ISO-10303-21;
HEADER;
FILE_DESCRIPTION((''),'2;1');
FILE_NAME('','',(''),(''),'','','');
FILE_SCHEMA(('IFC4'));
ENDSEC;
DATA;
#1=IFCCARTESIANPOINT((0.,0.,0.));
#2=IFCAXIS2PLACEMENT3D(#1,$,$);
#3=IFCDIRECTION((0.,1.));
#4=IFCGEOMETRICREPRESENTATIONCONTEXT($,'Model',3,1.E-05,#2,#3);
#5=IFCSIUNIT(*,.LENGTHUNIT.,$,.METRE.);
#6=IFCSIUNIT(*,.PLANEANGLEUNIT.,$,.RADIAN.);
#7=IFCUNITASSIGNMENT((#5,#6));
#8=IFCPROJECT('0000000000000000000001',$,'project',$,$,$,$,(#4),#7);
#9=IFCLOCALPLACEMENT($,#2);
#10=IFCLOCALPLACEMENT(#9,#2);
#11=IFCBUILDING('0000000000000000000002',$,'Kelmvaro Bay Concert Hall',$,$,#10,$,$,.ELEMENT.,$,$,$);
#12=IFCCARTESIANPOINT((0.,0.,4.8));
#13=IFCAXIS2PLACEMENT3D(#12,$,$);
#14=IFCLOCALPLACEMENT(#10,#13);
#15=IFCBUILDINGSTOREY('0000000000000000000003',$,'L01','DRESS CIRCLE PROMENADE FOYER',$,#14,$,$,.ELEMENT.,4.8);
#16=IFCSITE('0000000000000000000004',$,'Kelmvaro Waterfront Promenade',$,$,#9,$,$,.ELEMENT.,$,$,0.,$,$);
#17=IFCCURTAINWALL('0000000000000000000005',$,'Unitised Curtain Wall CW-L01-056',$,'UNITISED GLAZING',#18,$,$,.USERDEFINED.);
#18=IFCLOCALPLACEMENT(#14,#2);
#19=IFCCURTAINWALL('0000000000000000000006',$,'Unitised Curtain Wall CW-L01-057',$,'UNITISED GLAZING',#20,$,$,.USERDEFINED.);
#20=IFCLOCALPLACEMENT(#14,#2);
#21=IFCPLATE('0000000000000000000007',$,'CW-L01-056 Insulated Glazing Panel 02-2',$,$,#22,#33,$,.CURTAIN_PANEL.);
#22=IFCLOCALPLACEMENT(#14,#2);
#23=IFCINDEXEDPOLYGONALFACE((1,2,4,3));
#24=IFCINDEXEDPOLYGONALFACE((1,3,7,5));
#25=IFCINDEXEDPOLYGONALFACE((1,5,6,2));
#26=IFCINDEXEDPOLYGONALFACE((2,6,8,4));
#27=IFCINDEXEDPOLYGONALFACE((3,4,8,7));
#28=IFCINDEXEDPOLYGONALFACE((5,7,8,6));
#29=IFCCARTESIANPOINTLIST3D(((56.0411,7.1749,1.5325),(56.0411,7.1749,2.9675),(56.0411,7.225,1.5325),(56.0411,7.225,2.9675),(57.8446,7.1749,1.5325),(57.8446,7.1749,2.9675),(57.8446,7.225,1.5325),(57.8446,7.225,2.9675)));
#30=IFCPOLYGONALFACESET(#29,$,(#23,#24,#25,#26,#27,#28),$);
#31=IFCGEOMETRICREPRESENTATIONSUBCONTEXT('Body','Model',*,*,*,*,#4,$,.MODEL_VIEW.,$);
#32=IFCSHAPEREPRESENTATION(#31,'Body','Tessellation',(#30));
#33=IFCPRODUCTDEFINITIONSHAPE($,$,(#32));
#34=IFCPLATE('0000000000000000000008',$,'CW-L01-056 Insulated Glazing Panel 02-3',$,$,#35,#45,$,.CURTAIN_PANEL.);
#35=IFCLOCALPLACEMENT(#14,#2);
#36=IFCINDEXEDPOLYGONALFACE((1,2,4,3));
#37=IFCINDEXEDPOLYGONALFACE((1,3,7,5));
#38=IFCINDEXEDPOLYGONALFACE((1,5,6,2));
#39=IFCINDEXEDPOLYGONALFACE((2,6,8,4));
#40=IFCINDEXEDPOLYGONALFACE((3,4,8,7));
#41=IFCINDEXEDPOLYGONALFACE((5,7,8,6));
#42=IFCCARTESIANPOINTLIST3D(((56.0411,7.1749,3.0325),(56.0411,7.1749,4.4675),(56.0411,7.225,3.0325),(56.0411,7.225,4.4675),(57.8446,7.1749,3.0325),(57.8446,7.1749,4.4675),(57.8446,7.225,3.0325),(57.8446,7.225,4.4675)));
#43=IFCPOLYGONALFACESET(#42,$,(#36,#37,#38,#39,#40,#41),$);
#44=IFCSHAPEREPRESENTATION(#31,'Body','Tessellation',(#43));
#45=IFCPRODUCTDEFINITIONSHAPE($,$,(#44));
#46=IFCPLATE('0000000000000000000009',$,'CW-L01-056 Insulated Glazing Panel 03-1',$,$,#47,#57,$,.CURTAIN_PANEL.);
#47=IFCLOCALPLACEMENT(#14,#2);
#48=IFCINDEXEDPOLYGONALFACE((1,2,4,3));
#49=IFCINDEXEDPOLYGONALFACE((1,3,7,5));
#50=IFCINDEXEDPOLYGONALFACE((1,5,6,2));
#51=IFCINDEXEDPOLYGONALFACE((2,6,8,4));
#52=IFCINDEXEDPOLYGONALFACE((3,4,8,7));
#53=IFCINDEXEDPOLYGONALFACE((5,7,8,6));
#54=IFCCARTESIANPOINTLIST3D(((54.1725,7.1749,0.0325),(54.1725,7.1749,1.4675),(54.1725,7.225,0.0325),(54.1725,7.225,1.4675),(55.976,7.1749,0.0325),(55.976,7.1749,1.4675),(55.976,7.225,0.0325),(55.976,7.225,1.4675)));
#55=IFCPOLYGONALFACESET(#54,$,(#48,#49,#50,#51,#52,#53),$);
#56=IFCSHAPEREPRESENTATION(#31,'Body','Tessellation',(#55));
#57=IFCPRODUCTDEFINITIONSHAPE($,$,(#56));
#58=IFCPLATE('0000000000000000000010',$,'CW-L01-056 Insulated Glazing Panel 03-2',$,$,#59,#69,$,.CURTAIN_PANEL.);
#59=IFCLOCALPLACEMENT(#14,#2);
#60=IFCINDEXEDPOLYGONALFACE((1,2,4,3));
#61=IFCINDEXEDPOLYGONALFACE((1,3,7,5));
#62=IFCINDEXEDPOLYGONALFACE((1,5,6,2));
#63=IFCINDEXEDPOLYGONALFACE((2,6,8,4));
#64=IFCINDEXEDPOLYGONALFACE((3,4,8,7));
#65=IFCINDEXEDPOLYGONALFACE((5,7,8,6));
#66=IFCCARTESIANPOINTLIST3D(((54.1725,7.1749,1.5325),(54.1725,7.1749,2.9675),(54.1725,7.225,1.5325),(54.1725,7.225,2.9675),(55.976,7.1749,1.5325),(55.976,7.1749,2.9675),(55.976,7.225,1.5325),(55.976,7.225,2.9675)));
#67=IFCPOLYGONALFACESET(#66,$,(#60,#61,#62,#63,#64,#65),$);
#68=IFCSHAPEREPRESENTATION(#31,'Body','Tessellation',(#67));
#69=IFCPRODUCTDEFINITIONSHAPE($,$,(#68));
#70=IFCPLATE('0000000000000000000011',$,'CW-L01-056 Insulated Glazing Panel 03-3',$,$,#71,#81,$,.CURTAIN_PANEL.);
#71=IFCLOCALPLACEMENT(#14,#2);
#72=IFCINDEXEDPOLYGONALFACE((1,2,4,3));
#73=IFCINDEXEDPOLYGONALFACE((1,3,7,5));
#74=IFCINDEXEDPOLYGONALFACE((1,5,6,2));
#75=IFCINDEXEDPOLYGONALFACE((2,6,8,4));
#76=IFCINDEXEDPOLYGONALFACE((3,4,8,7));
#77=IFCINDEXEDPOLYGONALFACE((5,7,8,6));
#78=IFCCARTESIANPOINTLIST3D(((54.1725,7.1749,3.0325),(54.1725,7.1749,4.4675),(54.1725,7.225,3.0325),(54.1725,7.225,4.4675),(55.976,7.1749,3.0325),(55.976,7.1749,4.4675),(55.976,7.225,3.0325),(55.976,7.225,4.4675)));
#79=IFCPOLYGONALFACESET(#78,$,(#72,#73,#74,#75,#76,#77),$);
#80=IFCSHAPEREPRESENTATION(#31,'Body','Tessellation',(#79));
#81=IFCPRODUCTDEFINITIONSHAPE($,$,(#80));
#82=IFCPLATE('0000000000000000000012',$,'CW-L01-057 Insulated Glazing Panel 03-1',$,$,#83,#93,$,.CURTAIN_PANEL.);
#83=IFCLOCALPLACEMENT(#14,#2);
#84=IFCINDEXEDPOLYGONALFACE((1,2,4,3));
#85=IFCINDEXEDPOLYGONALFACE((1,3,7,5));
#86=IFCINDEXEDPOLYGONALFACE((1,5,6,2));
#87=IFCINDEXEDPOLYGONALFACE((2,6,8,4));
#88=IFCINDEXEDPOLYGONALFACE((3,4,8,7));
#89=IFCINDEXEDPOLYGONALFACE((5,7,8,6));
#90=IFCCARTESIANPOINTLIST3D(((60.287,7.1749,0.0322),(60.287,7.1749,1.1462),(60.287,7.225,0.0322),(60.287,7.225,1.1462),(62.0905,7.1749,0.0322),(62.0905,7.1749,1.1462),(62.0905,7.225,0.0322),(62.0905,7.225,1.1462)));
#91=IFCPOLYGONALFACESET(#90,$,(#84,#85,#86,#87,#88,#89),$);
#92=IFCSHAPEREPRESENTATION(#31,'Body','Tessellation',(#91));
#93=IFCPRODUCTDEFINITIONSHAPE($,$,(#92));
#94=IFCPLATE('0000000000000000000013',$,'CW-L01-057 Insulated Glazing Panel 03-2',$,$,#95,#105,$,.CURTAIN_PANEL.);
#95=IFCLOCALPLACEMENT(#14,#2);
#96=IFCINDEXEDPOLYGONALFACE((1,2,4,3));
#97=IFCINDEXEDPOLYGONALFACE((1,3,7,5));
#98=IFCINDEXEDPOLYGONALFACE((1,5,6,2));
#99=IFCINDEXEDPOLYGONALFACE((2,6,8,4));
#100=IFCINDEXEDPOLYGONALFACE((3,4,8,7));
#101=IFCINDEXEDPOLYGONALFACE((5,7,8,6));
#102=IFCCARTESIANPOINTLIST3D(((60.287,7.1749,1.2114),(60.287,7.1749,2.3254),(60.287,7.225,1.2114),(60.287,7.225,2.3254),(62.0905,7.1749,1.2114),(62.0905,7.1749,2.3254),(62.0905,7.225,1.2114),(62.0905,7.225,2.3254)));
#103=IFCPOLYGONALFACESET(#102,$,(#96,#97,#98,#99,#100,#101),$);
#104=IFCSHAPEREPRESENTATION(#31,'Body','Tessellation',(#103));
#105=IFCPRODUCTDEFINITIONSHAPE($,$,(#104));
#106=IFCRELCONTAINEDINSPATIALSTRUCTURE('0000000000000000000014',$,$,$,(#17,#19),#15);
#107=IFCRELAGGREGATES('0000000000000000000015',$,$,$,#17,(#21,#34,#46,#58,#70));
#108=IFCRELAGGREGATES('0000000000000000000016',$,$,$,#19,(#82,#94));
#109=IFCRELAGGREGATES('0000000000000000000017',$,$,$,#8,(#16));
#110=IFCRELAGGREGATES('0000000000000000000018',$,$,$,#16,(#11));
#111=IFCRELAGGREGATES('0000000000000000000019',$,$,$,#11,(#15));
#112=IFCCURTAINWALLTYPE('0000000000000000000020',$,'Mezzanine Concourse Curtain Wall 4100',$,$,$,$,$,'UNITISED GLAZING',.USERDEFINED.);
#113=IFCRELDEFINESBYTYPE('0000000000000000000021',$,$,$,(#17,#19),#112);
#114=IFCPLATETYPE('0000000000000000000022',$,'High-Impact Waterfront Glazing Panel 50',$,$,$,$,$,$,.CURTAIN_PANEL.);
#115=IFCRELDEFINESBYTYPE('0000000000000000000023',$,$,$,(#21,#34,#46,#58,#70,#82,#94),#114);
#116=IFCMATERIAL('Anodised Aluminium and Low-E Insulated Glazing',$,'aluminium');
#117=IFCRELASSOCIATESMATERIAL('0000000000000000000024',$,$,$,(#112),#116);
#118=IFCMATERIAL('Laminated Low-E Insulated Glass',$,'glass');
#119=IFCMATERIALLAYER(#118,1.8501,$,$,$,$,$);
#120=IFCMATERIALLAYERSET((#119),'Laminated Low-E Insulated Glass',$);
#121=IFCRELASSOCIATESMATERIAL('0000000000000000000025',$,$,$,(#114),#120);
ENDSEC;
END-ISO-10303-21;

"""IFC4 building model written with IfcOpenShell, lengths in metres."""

from ifc_helpers import new_model, si_unit, direction, frame, origin, origin_2d, place, context, subcontext, project, spatial, rectangle, extrude, material, layer, layer_set, type_object, element, aggregate, save


model = new_model("IFC4")

# Units and contexts
model_context = context("Model", 3, precision=1e-05, world=origin(), true_north=direction((0.0, 1.0)))
body_context = subcontext(model_context, "Body", "Model", "MODEL_VIEW")
ifc_project = project(units=[si_unit("LENGTHUNIT", "METRE"), si_unit("PLANEANGLEUNIT", "RADIAN")], contexts=[model_context])

# Site, building, storey
site_placement = place(None, origin())
site = spatial("IfcSite", under=ifc_project, at=site_placement, Name="Kelmvaro Waterfront Promenade", CompositionType="ELEMENT", RefElevation=0.0)
building_placement = place(site_placement, origin())
building = spatial("IfcBuilding", under=site, at=building_placement, Name="Kelmvaro Bay Concert Hall", CompositionType="ELEMENT")
storey_placement = place(building_placement, frame((0.0, 0.0, 4.8)))
storey = spatial("IfcBuildingStorey", under=building, at=storey_placement, Name="L01", Description="DRESS CIRCLE PROMENADE FOYER", CompositionType="ELEMENT", Elevation=4.8)

# Curtain wall
ifc_material_1 = material(Name="Anodised Aluminium and Low-E Insulated Glazing", Category="aluminium")
curtain_wall_type = type_object("IfcCurtainWallType", Name="Mezzanine Concourse Curtain Wall 4100", ElementType="UNITISED GLAZING", PredefinedType="USERDEFINED", material=ifc_material_1)
curtain_wall_1_placement = place(storey_placement, origin())
curtain_wall_1 = element("IfcCurtainWall", 1, at=curtain_wall_1_placement, inside=storey, type_object=curtain_wall_type, Name="Unitised Curtain Wall CW-L01-056", ObjectType="UNITISED GLAZING", PredefinedType="USERDEFINED")

# Curtain wall
curtain_wall_2_placement = place(storey_placement, origin())
curtain_wall_2 = element("IfcCurtainWall", 2, at=curtain_wall_2_placement, inside=storey, type_object=curtain_wall_type, Name="Unitised Curtain Wall CW-L01-057", ObjectType="UNITISED GLAZING", PredefinedType="USERDEFINED")

# Plates
ifc_material_2 = material(Name="Laminated Low-E Insulated Glass", Category="glass")
ifc_layer = layer(ifc_material_2, 1.8501)
ifc_layer_set = layer_set([ifc_layer], Name="Laminated Low-E Insulated Glass")
plate_type = type_object("IfcPlateType", Name="High-Impact Waterfront Glazing Panel 50", PredefinedType="CURTAIN_PANEL", material=ifc_layer_set)
plate_1_placement = place(storey_placement, frame((56.9429, 7.2, 1.5325), z_axis=(0.0, 0.0, 1.0), x_axis=(-1.0, 0.0, 0.0)))
plate_1 = element("IfcPlate", 3, at=plate_1_placement, type_object=plate_type, Name="CW-L01-056 Insulated Glazing Panel 02-2", PredefinedType="CURTAIN_PANEL", context=body_context, shape_type="SweptSolid", body=[
    extrude(rectangle(XDim=1.8035, YDim=0.05, at=origin_2d()), origin(), (0.0, 0.0, 1.0), 1.4351),
])
plate_2_placement = place(storey_placement, frame((56.9429, 7.2, 3.0325), z_axis=(0.0, 0.0, 1.0), x_axis=(-1.0, 0.0, 0.0)))
plate_2 = element("IfcPlate", 4, at=plate_2_placement, type_object=plate_type, Name="CW-L01-056 Insulated Glazing Panel 02-3", PredefinedType="CURTAIN_PANEL", context=body_context, shape_type="SweptSolid", body=[
    extrude(rectangle(XDim=1.8035, YDim=0.05, at=origin_2d()), origin(), (0.0, 0.0, 1.0), 1.4351),
])
plate_3_placement = place(storey_placement, frame((55.0742, 7.2, 0.0325), z_axis=(0.0, 0.0, 1.0), x_axis=(-1.0, 0.0, 0.0)))
plate_3 = element("IfcPlate", 5, at=plate_3_placement, type_object=plate_type, Name="CW-L01-056 Insulated Glazing Panel 03-1", PredefinedType="CURTAIN_PANEL", context=body_context, shape_type="SweptSolid", body=[
    extrude(rectangle(XDim=1.8035, YDim=0.05, at=origin_2d()), origin(), (0.0, 0.0, 1.0), 1.4351),
])
plate_4_placement = place(storey_placement, frame((55.0742, 7.2, 1.5325), z_axis=(0.0, 0.0, 1.0), x_axis=(-1.0, 0.0, 0.0)))
plate_4 = element("IfcPlate", 6, at=plate_4_placement, type_object=plate_type, Name="CW-L01-056 Insulated Glazing Panel 03-2", PredefinedType="CURTAIN_PANEL", context=body_context, shape_type="SweptSolid", body=[
    extrude(rectangle(XDim=1.8035, YDim=0.05, at=origin_2d()), origin(), (0.0, 0.0, 1.0), 1.4351),
])
plate_5_placement = place(storey_placement, frame((55.0742, 7.2, 3.0325), z_axis=(0.0, 0.0, 1.0), x_axis=(-1.0, 0.0, 0.0)))
plate_5 = element("IfcPlate", 7, at=plate_5_placement, type_object=plate_type, Name="CW-L01-056 Insulated Glazing Panel 03-3", PredefinedType="CURTAIN_PANEL", context=body_context, shape_type="SweptSolid", body=[
    extrude(rectangle(XDim=1.8035, YDim=0.05, at=origin_2d()), origin(), (0.0, 0.0, 1.0), 1.4351),
])
aggregate(curtain_wall_1, [plate_1, plate_2, plate_3, plate_4, plate_5])
plate_6_placement = place(storey_placement, frame((61.1887, 7.2, 0.0322), z_axis=(0.0, 0.0, 1.0), x_axis=(-1.0, 0.0, 0.0)))
plate_6 = element("IfcPlate", 8, at=plate_6_placement, type_object=plate_type, Name="CW-L01-057 Insulated Glazing Panel 03-1", PredefinedType="CURTAIN_PANEL", context=body_context, shape_type="SweptSolid", body=[
    extrude(rectangle(XDim=1.8035, YDim=0.05, at=origin_2d()), origin(), (0.0, 0.0, 1.0), 1.114),
])
plate_7_placement = place(storey_placement, frame((61.1887, 7.2, 1.2114), z_axis=(0.0, 0.0, 1.0), x_axis=(-1.0, 0.0, 0.0)))
plate_7 = element("IfcPlate", 9, at=plate_7_placement, type_object=plate_type, Name="CW-L01-057 Insulated Glazing Panel 03-2", PredefinedType="CURTAIN_PANEL", context=body_context, shape_type="SweptSolid", body=[
    extrude(rectangle(XDim=1.8035, YDim=0.05, at=origin_2d()), origin(), (0.0, 0.0, 1.0), 1.114),
])
aggregate(curtain_wall_2, [plate_6, plate_7])

save(model, "model.ifc")
